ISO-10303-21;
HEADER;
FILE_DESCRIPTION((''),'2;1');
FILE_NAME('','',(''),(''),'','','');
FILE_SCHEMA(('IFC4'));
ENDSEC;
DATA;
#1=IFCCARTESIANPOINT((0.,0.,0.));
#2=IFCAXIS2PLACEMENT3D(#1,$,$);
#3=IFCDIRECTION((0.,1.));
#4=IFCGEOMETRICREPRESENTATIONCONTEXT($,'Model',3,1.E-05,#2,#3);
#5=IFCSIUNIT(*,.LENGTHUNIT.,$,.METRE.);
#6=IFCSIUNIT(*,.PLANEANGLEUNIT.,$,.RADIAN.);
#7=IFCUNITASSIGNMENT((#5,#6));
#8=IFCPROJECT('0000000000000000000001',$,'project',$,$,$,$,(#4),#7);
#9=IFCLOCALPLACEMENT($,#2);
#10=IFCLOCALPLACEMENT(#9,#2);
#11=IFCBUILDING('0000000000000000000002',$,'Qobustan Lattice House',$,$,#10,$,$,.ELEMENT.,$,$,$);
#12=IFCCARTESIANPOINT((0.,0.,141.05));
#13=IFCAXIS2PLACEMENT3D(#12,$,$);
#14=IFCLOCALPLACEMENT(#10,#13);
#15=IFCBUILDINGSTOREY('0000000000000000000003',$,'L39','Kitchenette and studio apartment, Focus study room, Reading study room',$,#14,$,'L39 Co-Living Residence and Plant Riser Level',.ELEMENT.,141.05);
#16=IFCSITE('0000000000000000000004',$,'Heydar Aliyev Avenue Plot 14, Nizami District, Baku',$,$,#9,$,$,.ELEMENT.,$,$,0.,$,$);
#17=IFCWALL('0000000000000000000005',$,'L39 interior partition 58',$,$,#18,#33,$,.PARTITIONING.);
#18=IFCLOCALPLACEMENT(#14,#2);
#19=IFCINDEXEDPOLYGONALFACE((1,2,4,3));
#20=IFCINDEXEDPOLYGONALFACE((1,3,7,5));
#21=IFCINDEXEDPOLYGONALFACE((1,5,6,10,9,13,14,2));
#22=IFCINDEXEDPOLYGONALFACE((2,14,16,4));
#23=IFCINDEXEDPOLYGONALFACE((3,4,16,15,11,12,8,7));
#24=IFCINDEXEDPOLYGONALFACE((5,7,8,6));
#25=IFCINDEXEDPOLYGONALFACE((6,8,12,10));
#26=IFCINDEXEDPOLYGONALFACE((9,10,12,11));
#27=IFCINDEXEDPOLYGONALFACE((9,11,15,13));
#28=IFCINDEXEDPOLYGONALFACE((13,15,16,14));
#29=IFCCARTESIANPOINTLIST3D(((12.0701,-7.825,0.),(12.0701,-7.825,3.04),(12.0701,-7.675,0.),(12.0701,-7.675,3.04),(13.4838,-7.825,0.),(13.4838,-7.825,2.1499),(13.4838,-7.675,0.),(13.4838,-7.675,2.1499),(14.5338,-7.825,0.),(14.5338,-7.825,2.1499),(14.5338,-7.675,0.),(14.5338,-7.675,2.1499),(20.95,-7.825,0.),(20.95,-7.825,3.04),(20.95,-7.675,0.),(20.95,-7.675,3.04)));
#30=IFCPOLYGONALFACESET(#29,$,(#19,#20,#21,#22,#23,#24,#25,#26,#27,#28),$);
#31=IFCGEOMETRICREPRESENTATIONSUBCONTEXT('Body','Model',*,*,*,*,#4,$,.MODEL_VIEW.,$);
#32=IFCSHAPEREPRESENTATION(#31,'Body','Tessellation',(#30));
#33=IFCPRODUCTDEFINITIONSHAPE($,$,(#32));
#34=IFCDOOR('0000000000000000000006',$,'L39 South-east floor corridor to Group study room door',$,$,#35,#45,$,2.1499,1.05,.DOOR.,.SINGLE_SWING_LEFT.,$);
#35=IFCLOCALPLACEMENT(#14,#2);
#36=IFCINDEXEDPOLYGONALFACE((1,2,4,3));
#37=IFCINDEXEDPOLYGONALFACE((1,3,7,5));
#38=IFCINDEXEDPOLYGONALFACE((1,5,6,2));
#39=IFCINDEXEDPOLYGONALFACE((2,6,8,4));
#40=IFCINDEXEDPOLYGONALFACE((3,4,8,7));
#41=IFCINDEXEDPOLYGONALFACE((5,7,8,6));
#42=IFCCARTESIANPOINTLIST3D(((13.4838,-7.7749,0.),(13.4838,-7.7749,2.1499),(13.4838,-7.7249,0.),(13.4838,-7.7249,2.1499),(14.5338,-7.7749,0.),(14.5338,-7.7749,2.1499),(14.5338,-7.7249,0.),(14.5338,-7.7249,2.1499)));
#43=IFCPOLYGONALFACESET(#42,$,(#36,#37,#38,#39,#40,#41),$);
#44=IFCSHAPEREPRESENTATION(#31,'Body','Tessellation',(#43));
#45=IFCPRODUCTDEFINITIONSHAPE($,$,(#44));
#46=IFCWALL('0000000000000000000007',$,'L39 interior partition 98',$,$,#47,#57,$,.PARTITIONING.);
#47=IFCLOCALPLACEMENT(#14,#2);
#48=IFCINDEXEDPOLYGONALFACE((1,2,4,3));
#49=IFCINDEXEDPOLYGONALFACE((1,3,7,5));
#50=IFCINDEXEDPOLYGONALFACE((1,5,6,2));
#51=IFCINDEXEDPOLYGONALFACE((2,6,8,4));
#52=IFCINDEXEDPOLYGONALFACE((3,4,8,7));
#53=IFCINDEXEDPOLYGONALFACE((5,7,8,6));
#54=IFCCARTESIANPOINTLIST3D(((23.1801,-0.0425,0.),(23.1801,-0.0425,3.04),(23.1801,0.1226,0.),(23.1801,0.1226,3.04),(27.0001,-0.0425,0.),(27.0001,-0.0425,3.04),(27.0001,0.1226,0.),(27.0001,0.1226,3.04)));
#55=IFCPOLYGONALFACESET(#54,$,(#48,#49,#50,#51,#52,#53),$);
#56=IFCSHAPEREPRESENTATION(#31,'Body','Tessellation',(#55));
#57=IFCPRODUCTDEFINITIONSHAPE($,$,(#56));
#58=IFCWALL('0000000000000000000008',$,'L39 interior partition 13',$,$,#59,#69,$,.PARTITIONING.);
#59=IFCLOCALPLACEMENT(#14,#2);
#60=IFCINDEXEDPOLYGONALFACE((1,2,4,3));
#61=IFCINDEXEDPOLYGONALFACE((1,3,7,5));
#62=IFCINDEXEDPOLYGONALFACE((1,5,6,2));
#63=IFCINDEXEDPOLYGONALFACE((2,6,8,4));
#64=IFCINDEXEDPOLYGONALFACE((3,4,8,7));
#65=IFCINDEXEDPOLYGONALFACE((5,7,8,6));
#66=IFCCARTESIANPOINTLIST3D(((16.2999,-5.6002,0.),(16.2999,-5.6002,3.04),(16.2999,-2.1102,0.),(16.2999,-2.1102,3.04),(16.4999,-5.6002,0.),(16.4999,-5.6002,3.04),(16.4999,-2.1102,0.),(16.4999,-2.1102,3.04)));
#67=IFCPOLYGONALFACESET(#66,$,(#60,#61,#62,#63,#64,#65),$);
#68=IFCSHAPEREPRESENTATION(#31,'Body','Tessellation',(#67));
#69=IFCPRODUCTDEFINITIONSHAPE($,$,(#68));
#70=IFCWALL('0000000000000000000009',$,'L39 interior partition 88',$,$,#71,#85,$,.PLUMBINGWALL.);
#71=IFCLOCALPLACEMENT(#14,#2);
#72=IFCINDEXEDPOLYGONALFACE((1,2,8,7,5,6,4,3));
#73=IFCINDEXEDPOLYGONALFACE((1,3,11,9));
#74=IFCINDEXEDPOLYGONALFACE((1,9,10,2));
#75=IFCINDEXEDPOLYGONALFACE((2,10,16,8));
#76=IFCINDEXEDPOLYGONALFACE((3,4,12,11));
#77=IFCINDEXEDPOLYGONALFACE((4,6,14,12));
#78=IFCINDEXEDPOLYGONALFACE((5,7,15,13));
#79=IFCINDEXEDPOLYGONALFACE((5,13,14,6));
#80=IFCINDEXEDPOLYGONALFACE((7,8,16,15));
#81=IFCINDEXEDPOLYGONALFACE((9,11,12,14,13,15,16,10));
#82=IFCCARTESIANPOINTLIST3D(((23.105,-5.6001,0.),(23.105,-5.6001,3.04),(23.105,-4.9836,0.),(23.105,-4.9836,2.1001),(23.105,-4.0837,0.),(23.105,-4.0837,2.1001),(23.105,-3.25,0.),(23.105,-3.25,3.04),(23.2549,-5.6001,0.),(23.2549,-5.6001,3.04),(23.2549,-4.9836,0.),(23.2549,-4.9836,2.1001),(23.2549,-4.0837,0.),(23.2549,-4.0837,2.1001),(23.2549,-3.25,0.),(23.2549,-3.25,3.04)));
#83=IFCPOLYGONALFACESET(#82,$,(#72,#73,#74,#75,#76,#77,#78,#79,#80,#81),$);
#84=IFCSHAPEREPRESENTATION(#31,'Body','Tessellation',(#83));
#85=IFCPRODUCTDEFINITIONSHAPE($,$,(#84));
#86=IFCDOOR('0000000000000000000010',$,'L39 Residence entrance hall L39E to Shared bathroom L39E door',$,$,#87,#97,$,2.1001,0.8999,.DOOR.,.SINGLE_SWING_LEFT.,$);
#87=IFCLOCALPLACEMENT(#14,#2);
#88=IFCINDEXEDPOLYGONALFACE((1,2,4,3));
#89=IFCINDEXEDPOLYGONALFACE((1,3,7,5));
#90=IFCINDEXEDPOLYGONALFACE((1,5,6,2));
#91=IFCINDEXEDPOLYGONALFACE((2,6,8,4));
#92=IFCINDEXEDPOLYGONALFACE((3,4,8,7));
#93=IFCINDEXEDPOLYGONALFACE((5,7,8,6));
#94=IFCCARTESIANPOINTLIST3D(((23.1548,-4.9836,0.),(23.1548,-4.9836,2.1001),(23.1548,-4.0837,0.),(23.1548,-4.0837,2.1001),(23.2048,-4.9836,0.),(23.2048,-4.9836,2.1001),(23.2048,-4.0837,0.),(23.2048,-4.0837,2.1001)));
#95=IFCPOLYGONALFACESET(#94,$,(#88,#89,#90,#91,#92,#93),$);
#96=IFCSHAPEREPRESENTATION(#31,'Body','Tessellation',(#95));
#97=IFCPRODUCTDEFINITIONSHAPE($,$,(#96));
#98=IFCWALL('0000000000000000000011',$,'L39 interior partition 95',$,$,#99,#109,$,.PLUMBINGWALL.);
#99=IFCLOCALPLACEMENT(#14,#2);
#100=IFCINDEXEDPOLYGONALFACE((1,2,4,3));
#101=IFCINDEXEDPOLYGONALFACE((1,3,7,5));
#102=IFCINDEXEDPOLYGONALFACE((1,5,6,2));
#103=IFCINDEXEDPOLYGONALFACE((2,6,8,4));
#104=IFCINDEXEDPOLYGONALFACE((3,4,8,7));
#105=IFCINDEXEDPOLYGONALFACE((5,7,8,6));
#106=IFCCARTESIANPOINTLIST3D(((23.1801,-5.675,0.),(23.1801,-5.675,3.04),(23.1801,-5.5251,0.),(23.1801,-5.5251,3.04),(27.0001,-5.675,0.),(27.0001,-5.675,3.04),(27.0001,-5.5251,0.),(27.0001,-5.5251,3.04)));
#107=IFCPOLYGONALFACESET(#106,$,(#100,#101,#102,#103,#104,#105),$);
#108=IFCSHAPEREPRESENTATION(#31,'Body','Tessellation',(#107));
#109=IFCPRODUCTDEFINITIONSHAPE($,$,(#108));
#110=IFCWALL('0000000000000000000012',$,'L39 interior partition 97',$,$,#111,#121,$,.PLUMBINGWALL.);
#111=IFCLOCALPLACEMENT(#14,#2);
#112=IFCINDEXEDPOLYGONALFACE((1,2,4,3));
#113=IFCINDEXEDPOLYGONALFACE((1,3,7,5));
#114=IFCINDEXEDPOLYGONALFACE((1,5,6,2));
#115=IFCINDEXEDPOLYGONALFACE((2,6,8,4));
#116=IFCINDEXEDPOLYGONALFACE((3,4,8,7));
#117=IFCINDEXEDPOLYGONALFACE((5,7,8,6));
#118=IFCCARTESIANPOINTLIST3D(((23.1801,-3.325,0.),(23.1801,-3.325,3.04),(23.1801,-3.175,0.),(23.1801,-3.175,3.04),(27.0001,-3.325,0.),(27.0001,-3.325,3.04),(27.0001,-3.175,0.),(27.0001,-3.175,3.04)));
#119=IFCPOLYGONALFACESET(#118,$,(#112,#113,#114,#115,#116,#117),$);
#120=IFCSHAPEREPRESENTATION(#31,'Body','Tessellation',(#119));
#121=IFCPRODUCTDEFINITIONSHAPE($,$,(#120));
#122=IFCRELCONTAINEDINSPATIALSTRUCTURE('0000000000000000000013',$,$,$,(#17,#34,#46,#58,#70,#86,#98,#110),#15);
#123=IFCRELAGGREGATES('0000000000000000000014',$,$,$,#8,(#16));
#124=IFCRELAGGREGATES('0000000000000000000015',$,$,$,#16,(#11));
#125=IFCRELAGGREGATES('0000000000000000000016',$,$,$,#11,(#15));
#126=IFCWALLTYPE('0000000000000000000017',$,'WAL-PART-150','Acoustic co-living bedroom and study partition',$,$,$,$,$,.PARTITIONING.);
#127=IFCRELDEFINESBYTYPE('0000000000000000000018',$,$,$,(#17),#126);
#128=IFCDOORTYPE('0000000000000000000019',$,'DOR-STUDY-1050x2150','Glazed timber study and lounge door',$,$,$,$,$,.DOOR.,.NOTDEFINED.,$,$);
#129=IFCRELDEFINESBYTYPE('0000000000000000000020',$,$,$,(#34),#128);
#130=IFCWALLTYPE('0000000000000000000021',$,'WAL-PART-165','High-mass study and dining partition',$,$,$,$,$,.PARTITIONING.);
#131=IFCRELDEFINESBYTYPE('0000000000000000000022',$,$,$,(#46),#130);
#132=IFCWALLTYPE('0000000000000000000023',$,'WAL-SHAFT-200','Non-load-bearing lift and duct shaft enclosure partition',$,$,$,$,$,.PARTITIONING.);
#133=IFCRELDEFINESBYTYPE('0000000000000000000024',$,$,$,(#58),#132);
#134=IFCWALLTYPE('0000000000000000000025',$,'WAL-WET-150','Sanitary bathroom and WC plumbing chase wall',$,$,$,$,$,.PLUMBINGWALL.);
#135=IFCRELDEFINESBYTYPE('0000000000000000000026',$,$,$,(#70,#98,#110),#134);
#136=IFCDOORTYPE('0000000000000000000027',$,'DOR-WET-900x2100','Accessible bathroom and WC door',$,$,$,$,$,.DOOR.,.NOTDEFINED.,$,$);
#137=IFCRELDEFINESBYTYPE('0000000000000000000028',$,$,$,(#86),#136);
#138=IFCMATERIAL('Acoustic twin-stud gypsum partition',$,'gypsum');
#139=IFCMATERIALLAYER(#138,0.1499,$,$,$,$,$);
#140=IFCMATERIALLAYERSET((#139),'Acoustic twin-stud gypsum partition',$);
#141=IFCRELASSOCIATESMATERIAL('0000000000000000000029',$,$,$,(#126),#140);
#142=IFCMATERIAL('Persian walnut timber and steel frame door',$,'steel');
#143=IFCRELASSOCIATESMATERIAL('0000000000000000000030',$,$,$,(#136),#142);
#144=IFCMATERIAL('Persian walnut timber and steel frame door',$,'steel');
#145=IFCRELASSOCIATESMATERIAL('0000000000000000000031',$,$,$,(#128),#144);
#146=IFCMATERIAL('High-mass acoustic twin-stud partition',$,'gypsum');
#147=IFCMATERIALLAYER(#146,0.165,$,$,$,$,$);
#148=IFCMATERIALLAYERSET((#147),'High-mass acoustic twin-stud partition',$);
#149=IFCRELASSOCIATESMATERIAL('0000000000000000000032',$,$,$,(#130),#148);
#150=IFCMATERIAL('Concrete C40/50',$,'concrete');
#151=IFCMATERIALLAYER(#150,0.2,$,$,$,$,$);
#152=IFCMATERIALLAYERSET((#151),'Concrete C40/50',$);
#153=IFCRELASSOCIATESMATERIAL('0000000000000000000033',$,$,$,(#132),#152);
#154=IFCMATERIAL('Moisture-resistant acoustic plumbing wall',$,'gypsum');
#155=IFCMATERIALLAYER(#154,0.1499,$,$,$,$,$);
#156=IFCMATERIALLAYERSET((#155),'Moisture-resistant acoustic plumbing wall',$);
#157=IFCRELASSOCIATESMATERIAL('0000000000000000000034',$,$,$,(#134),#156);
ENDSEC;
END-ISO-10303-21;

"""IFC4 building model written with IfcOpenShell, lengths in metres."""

from ifc_helpers import new_model, si_unit, direction, frame, frame_2d, origin, place, context, subcontext, project, spatial, rectangle, extrude, material, layer, layer_set, type_object, element, fill, save


model = new_model("IFC4")

# Units and contexts
model_context = context("Model", 3, precision=1e-05, world=origin(), true_north=direction((0.0, 1.0)))
body_context = subcontext(model_context, "Body", "Model", "MODEL_VIEW")
ifc_project = project(units=[si_unit("LENGTHUNIT", "METRE"), si_unit("PLANEANGLEUNIT", "RADIAN")], contexts=[model_context])

# Site, building, storey
site_placement = place(None, origin())
site = spatial("IfcSite", under=ifc_project, at=site_placement, Name="Heydar Aliyev Avenue Plot 14, Nizami District, Baku", CompositionType="ELEMENT", RefElevation=0.0)
building_placement = place(site_placement, origin())
building = spatial("IfcBuilding", under=site, at=building_placement, Name="Qobustan Lattice House", CompositionType="ELEMENT")
storey_placement = place(building_placement, frame((0.0, 0.0, 141.05)))
storey = spatial("IfcBuildingStorey", under=building, at=storey_placement, Name="L39", Description="Kitchenette and studio apartment, Focus study room, Reading study room", LongName="L39 Co-Living Residence and Plant Riser Level", CompositionType="ELEMENT", Elevation=141.05)

# Wall, opening, door
ifc_material_1 = material(Name="Acoustic twin-stud gypsum partition", Category="gypsum")
ifc_layer_1 = layer(ifc_material_1, 0.1499)
ifc_layer_set_1 = layer_set([ifc_layer_1], Name="Acoustic twin-stud gypsum partition")
wall_type_1 = type_object("IfcWallType", Name="WAL-PART-150", Description="Acoustic co-living bedroom and study partition", PredefinedType="PARTITIONING", material=ifc_layer_set_1)
ifc_material_2 = material(Name="Persian walnut timber and steel frame door", Category="steel")
door_type_1 = type_object("IfcDoorType", Name="DOR-WET-900x2100", Description="Accessible bathroom and WC door", OperationType="NOTDEFINED", PredefinedType="DOOR", material=ifc_material_2)
wall_1_placement = place(storey_placement, frame((20.95, -7.75, 0.0), z_axis=(0.0, 0.0, 1.0), x_axis=(-1.0, 0.0, 0.0)))
wall_1 = element("IfcWall", 1, at=wall_1_placement, inside=storey, type_object=wall_type_1, Name="L39 interior partition 58", PredefinedType="PARTITIONING", context=body_context, shape_type="SweptSolid", body=[
    extrude(rectangle(XDim=8.8799, YDim=0.1499, at=frame_2d((4.4399, 0.0))), origin(), (0.0, 0.0, 1.0), 3.04),
])
opening_1_placement = place(wall_1_placement, frame((6.4163, 0.0, 0.0)))
opening_1 = element("IfcOpeningElement", 2, at=opening_1_placement, cuts=wall_1, PredefinedType="OPENING", context=body_context, shape_type="SweptSolid", body=[
    extrude(rectangle(XDim=1.05, YDim=2.1499, at=frame_2d((0.5249, 1.075))), frame((0.0, 0.085, 0.0), z_axis=(0.0, -1.0, 0.0), x_axis=(1.0, 0.0, 0.0)), (0.0, 0.0, 1.0), 0.1699),
])
ifc_material_3 = material(Name="Persian walnut timber and steel frame door", Category="steel")
door_type_2 = type_object("IfcDoorType", Name="DOR-STUDY-1050x2150", Description="Glazed timber study and lounge door", OperationType="NOTDEFINED", PredefinedType="DOOR", material=ifc_material_3)
door_1_placement = place(opening_1_placement, origin())
door_1 = element("IfcDoor", 3, at=door_1_placement, inside=storey, type_object=door_type_2, Name="L39 South-east floor corridor to Group study room door", OperationType="SINGLE_SWING_LEFT", OverallHeight=2.1499, OverallWidth=1.05, PredefinedType="DOOR", context=body_context, shape_type="SweptSolid", body=[
    extrude(rectangle(XDim=1.05, YDim=2.1499, at=frame_2d((0.5249, 1.075))), frame((0.0, 0.0249, 0.0), z_axis=(0.0, -1.0, 0.0), x_axis=(1.0, 0.0, 0.0)), (0.0, 0.0, 1.0), 0.05),
])
fill(opening_1, door_1)
ifc_material_4 = material(Name="High-mass acoustic twin-stud partition", Category="gypsum")
ifc_layer_2 = layer(ifc_material_4, 0.165)
ifc_layer_set_2 = layer_set([ifc_layer_2], Name="High-mass acoustic twin-stud partition")
wall_type_2 = type_object("IfcWallType", Name="WAL-PART-165", Description="High-mass study and dining partition", PredefinedType="PARTITIONING", material=ifc_layer_set_2)

# Walls
wall_2_placement = place(storey_placement, frame((23.1799, 0.04, 0.0), z_axis=(0.0, 0.0, 1.0), x_axis=(1.0, 0.0, 0.0)))
element("IfcWall", 4, at=wall_2_placement, inside=storey, type_object=wall_type_2, Name="L39 interior partition 98", PredefinedType="PARTITIONING", context=body_context, shape_type="SweptSolid", body=[
    extrude(rectangle(XDim=3.8201, YDim=0.165, at=frame_2d((1.9102, 0.0))), origin(), (0.0, 0.0, 1.0), 3.04),
])
ifc_material_5 = material(Name="Concrete C40/50", Category="concrete")
ifc_layer_3 = layer(ifc_material_5, 0.2)
ifc_layer_set_3 = layer_set([ifc_layer_3], Name="Concrete C40/50")
wall_type_3 = type_object("IfcWallType", Name="WAL-SHAFT-200", Description="Non-load-bearing lift and duct shaft enclosure partition", PredefinedType="PARTITIONING", material=ifc_layer_set_3)
wall_3_placement = place(storey_placement, frame((16.3999, -2.1101, 0.0), z_axis=(0.0, 0.0, 1.0), x_axis=(0.0, -1.0, 0.0)))
element("IfcWall", 5, at=wall_3_placement, inside=storey, type_object=wall_type_3, Name="L39 interior partition 13", PredefinedType="PARTITIONING", context=body_context, shape_type="SweptSolid", body=[
    extrude(rectangle(XDim=3.49, YDim=0.2, at=frame_2d((1.7451, 0.0))), origin(), (0.0, 0.0, 1.0), 3.04),
])

# Wall, opening, door
ifc_material_6 = material(Name="Moisture-resistant acoustic plumbing wall", Category="gypsum")
ifc_layer_4 = layer(ifc_material_6, 0.1499)
ifc_layer_set_4 = layer_set([ifc_layer_4], Name="Moisture-resistant acoustic plumbing wall")
wall_type_4 = type_object("IfcWallType", Name="WAL-WET-150", Description="Sanitary bathroom and WC plumbing chase wall", PredefinedType="PLUMBINGWALL", material=ifc_layer_set_4)
wall_4_placement = place(storey_placement, frame((23.1799, -3.25, 0.0), z_axis=(0.0, 0.0, 1.0), x_axis=(0.0, -1.0, 0.0)))
wall_4 = element("IfcWall", 6, at=wall_4_placement, inside=storey, type_object=wall_type_4, Name="L39 interior partition 88", PredefinedType="PLUMBINGWALL", context=body_context, shape_type="SweptSolid", body=[
    extrude(rectangle(XDim=2.3501, YDim=0.1499, at=frame_2d((1.175, 0.0))), origin(), (0.0, 0.0, 1.0), 3.04),
])
opening_2_placement = place(wall_4_placement, frame((0.8337, 0.0, 0.0)))
opening_2 = element("IfcOpeningElement", 7, at=opening_2_placement, cuts=wall_4, PredefinedType="OPENING", context=body_context, shape_type="SweptSolid", body=[
    extrude(rectangle(XDim=0.8999, YDim=2.1001, at=frame_2d((0.45, 1.05))), frame((0.0, 0.085, 0.0), z_axis=(0.0, -1.0, 0.0), x_axis=(1.0, 0.0, 0.0)), (0.0, 0.0, 1.0), 0.1699),
])
door_2_placement = place(opening_2_placement, origin())
door_2 = element("IfcDoor", 8, at=door_2_placement, inside=storey, type_object=door_type_1, Name="L39 Residence entrance hall L39E to Shared bathroom L39E door", OperationType="SINGLE_SWING_LEFT", OverallHeight=2.1001, OverallWidth=0.8999, PredefinedType="DOOR", context=body_context, shape_type="SweptSolid", body=[
    extrude(rectangle(XDim=0.8999, YDim=2.1001, at=frame_2d((0.45, 1.05))), frame((0.0, 0.0249, 0.0), z_axis=(0.0, -1.0, 0.0), x_axis=(1.0, 0.0, 0.0)), (0.0, 0.0, 1.0), 0.05),
])
fill(opening_2, door_2)

# Walls
for number, where, z_axis, x_axis, name in (
    (9, (23.1799, -5.6001, 0.0), (0.0, 0.0, 1.0), (1.0, 0.0, 0.0), "L39 interior partition 95"),
    (10, (23.1799, -3.25, 0.0), (0.0, 0.0, 1.0), (1.0, 0.0, 0.0), "L39 interior partition 97"),
):
    element("IfcWall", number, at=place(storey_placement, frame(where, z_axis=z_axis, x_axis=x_axis)), inside=storey, type_object=wall_type_4, Name=name, PredefinedType="PLUMBINGWALL", context=body_context, shape_type="SweptSolid", body=[
        extrude(rectangle(XDim=3.8201, YDim=0.1499, at=frame_2d((1.9102, 0.0))), origin(), (0.0, 0.0, 1.0), 3.04),
    ])

save(model, "model.ifc")
